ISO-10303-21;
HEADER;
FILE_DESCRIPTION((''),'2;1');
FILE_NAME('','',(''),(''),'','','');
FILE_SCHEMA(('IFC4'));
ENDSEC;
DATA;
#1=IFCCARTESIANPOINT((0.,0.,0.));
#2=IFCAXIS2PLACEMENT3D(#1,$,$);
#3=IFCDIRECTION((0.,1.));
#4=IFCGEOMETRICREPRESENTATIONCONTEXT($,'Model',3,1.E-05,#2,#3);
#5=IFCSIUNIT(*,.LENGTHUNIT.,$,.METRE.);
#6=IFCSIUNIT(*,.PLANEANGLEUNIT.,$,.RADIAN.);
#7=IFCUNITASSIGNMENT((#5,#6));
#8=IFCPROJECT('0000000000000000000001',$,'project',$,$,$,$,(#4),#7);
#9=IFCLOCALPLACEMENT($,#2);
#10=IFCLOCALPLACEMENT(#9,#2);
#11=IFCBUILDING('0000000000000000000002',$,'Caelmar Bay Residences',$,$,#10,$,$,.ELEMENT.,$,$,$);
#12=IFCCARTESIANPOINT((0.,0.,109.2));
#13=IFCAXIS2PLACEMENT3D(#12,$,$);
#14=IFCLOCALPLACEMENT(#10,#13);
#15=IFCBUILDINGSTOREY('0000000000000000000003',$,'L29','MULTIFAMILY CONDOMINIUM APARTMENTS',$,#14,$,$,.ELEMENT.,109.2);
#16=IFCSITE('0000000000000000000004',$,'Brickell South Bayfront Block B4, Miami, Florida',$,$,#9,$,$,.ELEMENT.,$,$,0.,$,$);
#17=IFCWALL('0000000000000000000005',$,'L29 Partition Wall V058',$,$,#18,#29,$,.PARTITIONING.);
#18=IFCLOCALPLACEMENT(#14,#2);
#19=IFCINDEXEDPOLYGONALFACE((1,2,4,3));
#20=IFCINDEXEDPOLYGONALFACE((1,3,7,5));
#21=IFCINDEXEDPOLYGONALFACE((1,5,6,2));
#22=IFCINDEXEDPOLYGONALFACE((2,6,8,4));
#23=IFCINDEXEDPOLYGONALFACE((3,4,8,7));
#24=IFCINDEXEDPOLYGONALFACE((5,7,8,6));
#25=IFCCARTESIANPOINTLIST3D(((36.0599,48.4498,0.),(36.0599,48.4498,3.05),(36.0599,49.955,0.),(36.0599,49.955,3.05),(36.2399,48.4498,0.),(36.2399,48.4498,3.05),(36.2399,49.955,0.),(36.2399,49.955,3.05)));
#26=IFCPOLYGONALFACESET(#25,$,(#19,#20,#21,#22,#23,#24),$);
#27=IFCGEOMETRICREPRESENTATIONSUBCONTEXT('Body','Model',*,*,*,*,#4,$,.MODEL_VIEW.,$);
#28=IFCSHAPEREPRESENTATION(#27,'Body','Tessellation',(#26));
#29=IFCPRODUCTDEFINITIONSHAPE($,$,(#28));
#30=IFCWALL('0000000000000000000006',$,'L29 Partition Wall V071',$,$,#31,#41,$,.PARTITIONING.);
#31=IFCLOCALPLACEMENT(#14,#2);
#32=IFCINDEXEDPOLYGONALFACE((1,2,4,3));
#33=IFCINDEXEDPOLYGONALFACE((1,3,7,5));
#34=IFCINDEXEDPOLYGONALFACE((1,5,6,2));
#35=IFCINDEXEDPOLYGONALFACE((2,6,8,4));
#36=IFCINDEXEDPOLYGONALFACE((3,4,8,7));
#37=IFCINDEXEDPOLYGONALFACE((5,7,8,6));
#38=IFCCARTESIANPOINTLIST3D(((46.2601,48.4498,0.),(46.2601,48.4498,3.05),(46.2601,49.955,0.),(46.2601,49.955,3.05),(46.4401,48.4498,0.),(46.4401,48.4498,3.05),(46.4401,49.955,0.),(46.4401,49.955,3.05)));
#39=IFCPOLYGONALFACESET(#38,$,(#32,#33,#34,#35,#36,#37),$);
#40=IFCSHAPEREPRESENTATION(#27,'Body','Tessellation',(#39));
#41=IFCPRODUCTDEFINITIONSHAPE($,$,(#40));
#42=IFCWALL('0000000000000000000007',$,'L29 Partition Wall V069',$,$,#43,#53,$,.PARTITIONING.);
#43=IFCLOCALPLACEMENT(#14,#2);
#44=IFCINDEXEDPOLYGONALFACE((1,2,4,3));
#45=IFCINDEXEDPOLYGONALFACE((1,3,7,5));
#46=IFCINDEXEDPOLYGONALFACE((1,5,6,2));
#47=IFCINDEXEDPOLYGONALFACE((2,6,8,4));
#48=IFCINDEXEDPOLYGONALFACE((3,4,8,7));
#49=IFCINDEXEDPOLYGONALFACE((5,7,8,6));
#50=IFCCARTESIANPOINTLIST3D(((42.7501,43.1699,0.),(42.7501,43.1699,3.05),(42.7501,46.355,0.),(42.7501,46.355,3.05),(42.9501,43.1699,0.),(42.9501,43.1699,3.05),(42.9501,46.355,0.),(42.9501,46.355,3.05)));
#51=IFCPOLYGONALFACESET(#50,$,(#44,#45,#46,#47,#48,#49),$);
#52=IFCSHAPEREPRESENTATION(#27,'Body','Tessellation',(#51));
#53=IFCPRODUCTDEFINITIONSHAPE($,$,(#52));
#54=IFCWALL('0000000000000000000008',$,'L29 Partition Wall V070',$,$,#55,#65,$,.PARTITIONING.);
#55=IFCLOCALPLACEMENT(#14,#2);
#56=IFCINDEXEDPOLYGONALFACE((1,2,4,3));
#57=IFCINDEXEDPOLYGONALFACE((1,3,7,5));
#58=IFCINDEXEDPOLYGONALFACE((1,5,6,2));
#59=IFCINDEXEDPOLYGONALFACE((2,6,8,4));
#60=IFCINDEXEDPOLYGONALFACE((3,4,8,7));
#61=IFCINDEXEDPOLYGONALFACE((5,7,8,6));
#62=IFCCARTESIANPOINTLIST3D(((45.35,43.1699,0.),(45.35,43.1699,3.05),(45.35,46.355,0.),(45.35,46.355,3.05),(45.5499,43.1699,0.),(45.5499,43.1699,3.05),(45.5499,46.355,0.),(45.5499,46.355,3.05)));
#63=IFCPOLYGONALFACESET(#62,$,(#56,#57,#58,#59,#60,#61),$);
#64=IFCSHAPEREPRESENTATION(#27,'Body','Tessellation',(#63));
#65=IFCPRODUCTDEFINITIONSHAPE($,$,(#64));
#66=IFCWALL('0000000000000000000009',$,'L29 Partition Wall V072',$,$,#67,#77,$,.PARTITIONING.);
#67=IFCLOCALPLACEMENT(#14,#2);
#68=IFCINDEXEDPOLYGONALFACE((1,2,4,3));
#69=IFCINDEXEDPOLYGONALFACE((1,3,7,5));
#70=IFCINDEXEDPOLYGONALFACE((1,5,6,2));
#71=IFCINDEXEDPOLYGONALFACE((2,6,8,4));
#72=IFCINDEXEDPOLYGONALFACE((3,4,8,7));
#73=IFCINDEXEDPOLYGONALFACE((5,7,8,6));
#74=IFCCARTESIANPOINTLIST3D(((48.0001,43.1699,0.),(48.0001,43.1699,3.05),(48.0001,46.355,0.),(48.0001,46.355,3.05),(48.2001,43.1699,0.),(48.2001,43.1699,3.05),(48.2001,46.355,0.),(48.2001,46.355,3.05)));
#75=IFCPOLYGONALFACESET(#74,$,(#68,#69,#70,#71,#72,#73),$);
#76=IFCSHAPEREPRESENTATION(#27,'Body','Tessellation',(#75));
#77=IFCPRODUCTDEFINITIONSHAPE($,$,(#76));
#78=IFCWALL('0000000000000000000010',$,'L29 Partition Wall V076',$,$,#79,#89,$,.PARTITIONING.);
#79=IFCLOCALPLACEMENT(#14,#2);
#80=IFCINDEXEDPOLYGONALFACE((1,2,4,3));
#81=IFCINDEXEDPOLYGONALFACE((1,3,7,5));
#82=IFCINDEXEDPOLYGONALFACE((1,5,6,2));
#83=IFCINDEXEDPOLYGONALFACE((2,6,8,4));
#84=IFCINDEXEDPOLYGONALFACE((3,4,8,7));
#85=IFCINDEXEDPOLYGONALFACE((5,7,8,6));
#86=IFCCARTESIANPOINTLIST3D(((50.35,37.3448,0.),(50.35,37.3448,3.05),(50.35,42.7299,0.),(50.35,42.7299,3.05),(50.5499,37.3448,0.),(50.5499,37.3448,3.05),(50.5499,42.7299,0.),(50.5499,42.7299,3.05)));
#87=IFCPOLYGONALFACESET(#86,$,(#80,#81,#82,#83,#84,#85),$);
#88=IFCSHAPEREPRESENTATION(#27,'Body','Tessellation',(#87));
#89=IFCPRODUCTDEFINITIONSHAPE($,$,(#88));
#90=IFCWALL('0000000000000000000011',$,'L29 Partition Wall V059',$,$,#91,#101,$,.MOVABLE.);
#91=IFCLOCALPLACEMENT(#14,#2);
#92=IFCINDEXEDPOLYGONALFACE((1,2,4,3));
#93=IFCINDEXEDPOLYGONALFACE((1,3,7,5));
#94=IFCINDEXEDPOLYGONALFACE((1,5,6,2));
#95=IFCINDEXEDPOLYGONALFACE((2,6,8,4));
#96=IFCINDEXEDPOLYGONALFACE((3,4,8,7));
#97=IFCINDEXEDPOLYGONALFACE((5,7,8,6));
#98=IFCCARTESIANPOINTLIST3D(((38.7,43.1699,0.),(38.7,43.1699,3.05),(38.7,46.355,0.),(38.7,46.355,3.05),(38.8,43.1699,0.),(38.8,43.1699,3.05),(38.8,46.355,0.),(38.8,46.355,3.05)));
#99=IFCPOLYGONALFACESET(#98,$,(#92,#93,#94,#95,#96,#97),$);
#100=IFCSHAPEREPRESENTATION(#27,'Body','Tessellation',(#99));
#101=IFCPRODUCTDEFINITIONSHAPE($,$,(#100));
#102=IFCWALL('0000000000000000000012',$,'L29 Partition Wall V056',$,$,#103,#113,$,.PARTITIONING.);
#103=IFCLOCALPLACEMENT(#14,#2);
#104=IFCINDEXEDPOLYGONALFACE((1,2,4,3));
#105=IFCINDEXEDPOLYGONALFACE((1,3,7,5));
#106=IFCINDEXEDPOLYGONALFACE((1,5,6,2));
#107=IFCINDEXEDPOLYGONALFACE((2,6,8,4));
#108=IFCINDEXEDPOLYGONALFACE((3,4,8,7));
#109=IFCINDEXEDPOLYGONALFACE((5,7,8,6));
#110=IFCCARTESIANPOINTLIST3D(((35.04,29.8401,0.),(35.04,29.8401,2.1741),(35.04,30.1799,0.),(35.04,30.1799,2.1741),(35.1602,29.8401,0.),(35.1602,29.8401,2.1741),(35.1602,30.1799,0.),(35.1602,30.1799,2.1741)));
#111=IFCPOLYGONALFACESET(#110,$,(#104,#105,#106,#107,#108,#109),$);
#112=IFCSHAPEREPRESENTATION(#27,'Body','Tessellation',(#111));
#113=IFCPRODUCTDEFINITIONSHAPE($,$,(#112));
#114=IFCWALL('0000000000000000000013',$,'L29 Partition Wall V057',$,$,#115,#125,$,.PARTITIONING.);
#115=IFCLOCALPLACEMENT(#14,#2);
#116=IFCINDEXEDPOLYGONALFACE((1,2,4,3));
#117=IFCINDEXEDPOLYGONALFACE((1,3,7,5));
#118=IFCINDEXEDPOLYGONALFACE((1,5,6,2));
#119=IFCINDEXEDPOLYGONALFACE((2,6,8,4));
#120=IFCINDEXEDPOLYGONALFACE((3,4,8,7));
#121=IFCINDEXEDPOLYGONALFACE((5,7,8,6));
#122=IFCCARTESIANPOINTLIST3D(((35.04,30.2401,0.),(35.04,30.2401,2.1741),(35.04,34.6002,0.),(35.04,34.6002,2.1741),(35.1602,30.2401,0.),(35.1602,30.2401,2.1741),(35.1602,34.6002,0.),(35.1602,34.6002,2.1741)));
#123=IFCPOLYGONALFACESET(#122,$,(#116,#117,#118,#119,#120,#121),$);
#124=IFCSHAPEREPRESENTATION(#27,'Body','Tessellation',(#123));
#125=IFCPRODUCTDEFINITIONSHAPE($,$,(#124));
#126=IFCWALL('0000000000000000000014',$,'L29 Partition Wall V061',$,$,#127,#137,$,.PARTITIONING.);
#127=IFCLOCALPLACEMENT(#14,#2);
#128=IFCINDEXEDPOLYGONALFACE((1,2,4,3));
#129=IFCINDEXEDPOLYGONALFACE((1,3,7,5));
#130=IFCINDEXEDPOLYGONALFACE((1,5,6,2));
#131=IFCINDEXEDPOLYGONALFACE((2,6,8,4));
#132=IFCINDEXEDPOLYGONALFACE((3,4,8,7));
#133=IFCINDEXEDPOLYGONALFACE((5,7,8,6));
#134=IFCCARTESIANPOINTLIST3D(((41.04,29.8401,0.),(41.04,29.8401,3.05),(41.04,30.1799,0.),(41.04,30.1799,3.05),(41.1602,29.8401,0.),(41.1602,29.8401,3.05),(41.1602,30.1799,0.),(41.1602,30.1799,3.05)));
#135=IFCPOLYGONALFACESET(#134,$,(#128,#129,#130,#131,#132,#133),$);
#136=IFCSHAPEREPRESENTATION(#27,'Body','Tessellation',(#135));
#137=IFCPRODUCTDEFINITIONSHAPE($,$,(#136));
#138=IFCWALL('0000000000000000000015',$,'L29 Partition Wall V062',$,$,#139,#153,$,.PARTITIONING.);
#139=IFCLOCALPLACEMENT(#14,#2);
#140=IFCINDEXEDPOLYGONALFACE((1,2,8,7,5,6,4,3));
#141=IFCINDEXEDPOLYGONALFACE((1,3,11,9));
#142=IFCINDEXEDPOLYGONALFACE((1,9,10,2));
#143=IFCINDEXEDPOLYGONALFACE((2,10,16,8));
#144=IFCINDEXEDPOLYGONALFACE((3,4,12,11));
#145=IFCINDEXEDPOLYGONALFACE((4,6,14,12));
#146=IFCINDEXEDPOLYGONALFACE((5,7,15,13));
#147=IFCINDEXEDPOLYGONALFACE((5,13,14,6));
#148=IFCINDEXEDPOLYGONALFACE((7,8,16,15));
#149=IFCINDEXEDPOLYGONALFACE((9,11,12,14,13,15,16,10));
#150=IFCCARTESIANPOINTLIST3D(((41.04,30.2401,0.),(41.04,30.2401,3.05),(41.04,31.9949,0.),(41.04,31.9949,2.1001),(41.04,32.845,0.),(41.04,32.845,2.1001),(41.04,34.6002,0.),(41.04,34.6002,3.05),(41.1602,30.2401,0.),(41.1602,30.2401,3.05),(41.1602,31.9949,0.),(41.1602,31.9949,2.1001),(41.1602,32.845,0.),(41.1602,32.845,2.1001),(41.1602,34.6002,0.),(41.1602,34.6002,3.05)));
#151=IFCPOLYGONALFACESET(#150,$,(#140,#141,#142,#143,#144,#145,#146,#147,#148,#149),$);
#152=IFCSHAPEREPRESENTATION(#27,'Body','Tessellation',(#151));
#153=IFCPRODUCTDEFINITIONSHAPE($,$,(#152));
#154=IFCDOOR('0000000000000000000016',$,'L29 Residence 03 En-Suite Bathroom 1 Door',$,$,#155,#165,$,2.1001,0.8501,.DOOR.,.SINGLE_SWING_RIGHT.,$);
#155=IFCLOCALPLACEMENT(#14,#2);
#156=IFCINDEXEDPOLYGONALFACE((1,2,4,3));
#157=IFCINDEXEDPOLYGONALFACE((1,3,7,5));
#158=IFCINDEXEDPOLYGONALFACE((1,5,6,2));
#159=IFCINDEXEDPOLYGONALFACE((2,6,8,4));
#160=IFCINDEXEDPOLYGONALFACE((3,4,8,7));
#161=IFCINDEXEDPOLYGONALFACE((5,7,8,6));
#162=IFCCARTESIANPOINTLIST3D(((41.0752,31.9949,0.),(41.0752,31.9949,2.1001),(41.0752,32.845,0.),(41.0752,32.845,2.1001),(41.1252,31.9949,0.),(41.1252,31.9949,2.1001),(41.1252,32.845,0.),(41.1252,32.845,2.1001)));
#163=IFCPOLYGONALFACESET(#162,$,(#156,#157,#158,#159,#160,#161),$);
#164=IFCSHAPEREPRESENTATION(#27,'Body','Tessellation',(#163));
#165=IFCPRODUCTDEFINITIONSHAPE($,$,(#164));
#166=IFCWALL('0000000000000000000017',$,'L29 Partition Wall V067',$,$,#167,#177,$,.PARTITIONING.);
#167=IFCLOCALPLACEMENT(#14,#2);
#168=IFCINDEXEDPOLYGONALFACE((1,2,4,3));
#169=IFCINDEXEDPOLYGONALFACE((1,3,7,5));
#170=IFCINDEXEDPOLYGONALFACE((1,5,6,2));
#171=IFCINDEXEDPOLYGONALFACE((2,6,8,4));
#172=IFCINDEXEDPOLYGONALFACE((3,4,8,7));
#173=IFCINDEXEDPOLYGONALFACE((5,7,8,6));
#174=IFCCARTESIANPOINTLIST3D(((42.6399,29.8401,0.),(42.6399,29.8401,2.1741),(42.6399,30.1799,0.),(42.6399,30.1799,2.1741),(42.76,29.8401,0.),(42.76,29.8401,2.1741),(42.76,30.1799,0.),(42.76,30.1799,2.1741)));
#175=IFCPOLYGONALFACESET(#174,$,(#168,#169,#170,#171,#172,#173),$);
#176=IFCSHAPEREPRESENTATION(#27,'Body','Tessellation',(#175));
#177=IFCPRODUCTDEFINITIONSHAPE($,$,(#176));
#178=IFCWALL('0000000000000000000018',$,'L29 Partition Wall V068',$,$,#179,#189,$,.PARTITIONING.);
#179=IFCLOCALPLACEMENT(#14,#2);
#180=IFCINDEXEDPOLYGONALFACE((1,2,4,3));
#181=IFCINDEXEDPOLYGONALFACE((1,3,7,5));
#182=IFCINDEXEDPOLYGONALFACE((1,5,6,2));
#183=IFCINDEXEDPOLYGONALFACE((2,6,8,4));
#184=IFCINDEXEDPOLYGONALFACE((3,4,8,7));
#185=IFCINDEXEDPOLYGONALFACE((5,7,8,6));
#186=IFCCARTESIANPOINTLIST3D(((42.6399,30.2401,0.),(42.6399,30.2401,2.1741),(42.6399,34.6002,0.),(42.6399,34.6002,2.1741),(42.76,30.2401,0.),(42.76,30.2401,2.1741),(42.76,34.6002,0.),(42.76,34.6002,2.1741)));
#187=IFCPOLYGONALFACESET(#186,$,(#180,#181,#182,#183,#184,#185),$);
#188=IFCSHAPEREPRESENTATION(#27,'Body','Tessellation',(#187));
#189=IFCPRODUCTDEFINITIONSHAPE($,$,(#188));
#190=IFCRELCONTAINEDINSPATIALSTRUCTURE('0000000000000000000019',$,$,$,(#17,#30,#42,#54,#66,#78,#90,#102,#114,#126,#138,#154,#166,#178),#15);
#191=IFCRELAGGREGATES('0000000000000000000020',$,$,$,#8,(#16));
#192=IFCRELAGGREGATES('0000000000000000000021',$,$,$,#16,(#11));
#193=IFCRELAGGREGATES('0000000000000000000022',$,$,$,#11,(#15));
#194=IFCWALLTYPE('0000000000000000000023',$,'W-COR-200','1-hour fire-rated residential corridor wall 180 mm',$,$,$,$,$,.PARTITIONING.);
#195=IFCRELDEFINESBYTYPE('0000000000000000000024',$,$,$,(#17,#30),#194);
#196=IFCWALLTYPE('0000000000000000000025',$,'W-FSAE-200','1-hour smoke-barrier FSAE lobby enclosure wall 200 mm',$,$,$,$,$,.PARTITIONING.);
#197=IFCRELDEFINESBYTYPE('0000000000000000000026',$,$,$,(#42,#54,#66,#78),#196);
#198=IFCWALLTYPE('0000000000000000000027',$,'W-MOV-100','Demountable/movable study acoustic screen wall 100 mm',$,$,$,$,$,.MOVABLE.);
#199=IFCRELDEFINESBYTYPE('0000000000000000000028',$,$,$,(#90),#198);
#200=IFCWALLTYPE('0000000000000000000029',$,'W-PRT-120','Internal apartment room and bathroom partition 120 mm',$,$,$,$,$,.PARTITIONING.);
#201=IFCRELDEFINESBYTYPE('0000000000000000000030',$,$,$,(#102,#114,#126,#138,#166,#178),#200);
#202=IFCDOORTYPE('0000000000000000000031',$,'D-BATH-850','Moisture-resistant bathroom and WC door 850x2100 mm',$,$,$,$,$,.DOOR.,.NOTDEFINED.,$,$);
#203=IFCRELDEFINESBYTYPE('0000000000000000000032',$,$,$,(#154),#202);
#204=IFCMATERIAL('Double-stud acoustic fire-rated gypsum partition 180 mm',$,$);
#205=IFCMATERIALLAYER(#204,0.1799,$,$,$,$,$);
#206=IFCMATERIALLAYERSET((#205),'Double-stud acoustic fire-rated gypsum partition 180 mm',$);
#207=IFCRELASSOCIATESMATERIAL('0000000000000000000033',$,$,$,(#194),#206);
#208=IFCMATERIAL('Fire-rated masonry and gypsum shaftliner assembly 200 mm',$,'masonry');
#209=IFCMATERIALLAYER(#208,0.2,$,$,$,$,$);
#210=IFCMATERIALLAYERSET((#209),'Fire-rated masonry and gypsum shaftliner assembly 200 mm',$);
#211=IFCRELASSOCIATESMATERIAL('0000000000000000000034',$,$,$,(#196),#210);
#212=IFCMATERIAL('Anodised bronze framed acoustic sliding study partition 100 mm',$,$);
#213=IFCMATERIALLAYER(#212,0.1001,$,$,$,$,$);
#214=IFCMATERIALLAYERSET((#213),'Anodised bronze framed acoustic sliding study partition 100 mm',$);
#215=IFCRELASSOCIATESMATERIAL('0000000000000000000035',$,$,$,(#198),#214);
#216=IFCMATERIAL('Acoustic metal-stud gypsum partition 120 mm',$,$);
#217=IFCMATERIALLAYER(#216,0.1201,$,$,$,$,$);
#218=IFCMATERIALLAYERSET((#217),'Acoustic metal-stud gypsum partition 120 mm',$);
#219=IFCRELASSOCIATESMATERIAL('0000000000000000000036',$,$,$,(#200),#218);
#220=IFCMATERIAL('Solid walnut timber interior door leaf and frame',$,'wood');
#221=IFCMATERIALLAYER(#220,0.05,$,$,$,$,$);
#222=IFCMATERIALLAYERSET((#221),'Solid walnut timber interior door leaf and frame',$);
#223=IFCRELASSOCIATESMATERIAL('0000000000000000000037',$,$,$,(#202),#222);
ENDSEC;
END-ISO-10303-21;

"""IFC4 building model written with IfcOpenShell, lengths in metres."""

from ifc_helpers import new_model, si_unit, direction, frame, frame_2d, origin, place, context, subcontext, project, spatial, rectangle, extrude, material, layer, layer_set, type_object, element, fill, save


model = new_model("IFC4")

# Units and contexts
model_context = context("Model", 3, precision=1e-05, world=origin(), true_north=direction((0.0, 1.0)))
body_context = subcontext(model_context, "Body", "Model", "MODEL_VIEW")
ifc_project = project(units=[si_unit("LENGTHUNIT", "METRE"), si_unit("PLANEANGLEUNIT", "RADIAN")], contexts=[model_context])

# Site, building, storey
site_placement = place(None, origin())
site = spatial("IfcSite", under=ifc_project, at=site_placement, Name="Brickell South Bayfront Block B4, Miami, Florida", CompositionType="ELEMENT", RefElevation=0.0)
building_placement = place(site_placement, origin())
building = spatial("IfcBuilding", under=site, at=building_placement, Name="Caelmar Bay Residences", CompositionType="ELEMENT")
storey_placement = place(building_placement, frame((0.0, 0.0, 109.2)))
storey = spatial("IfcBuildingStorey", under=building, at=storey_placement, Name="L29", Description="MULTIFAMILY CONDOMINIUM APARTMENTS", CompositionType="ELEMENT", Elevation=109.2)

# Walls
ifc_material_1 = material(Name="Double-stud acoustic fire-rated gypsum partition 180 mm")
ifc_layer_1 = layer(ifc_material_1, 0.1799)
ifc_layer_set_1 = layer_set([ifc_layer_1], Name="Double-stud acoustic fire-rated gypsum partition 180 mm")
wall_type_1 = type_object("IfcWallType", Name="W-COR-200", Description="1-hour fire-rated residential corridor wall 180 mm", PredefinedType="PARTITIONING", material=ifc_layer_set_1)
for number, where, z_axis, x_axis, name in (
    (1, (36.1499, 48.45, 0.0), (0.0, 0.0, 1.0), (0.0, 1.0, 0.0), "L29 Partition Wall V058"),
    (2, (46.3501, 48.45, 0.0), (0.0, 0.0, 1.0), (0.0, 1.0, 0.0), "L29 Partition Wall V071"),
):
    element("IfcWall", number, at=place(storey_placement, frame(where, z_axis=z_axis, x_axis=x_axis)), inside=storey, type_object=wall_type_1, Name=name, PredefinedType="PARTITIONING", context=body_context, shape_type="SweptSolid", body=[
        extrude(rectangle(XDim=1.5051, YDim=0.1799, at=frame_2d((0.7524, 0.0))), origin(), (0.0, 0.0, 1.0), 3.05),
    ])
ifc_material_2 = material(Name="Fire-rated masonry and gypsum shaftliner assembly 200 mm", Category="masonry")
ifc_layer_2 = layer(ifc_material_2, 0.2)
ifc_layer_set_2 = layer_set([ifc_layer_2], Name="Fire-rated masonry and gypsum shaftliner assembly 200 mm")
wall_type_2 = type_object("IfcWallType", Name="W-FSAE-200", Description="1-hour smoke-barrier FSAE lobby enclosure wall 200 mm", PredefinedType="PARTITIONING", material=ifc_layer_set_2)
for number, where, z_axis, x_axis, name in (
    (3, (42.8501, 43.1699, 0.0), (0.0, 0.0, 1.0), (0.0, 1.0, 0.0), "L29 Partition Wall V069"),
    (4, (45.45, 43.1699, 0.0), (0.0, 0.0, 1.0), (0.0, 1.0, 0.0), "L29 Partition Wall V070"),
    (5, (48.1001, 43.1699, 0.0), (0.0, 0.0, 1.0), (0.0, 1.0, 0.0), "L29 Partition Wall V072"),
):
    element("IfcWall", number, at=place(storey_placement, frame(where, z_axis=z_axis, x_axis=x_axis)), inside=storey, type_object=wall_type_2, Name=name, PredefinedType="PARTITIONING", context=body_context, shape_type="SweptSolid", body=[
        extrude(rectangle(XDim=3.1851, YDim=0.2, at=frame_2d((1.5925, 0.0))), origin(), (0.0, 0.0, 1.0), 3.05),
    ])
wall_1_placement = place(storey_placement, frame((50.45, 37.345, 0.0), z_axis=(0.0, 0.0, 1.0), x_axis=(0.0, 1.0, 0.0)))
element("IfcWall", 6, at=wall_1_placement, inside=storey, type_object=wall_type_2, Name="L29 Partition Wall V076", PredefinedType="PARTITIONING", context=body_context, shape_type="SweptSolid", body=[
    extrude(rectangle(XDim=5.385, YDim=0.2, at=frame_2d((2.6924, 0.0))), origin(), (0.0, 0.0, 1.0), 3.05),
])
ifc_material_3 = material(Name="Anodised bronze framed acoustic sliding study partition 100 mm")
ifc_layer_3 = layer(ifc_material_3, 0.1001)
ifc_layer_set_3 = layer_set([ifc_layer_3], Name="Anodised bronze framed acoustic sliding study partition 100 mm")
wall_type_3 = type_object("IfcWallType", Name="W-MOV-100", Description="Demountable/movable study acoustic screen wall 100 mm", PredefinedType="MOVABLE", material=ifc_layer_set_3)
wall_2_placement = place(storey_placement, frame((38.75, 43.1699, 0.0), z_axis=(0.0, 0.0, 1.0), x_axis=(0.0, 1.0, 0.0)))
element("IfcWall", 7, at=wall_2_placement, inside=storey, type_object=wall_type_3, Name="L29 Partition Wall V059", PredefinedType="MOVABLE", context=body_context, shape_type="SweptSolid", body=[
    extrude(rectangle(XDim=3.1851, YDim=0.1001, at=frame_2d((1.5925, 0.0))), origin(), (0.0, 0.0, 1.0), 3.05),
])
ifc_material_4 = material(Name="Acoustic metal-stud gypsum partition 120 mm")
ifc_layer_4 = layer(ifc_material_4, 0.1201)
ifc_layer_set_4 = layer_set([ifc_layer_4], Name="Acoustic metal-stud gypsum partition 120 mm")
wall_type_4 = type_object("IfcWallType", Name="W-PRT-120", Description="Internal apartment room and bathroom partition 120 mm", PredefinedType="PARTITIONING", material=ifc_layer_set_4)
wall_3_placement = place(storey_placement, frame((35.1001, 29.8401, 0.0), z_axis=(0.0, 0.0, 1.0), x_axis=(0.0, 1.0, 0.0)))
element("IfcWall", 8, at=wall_3_placement, inside=storey, type_object=wall_type_4, Name="L29 Partition Wall V056", PredefinedType="PARTITIONING", context=body_context, shape_type="SweptSolid", body=[
    extrude(rectangle(XDim=0.3398, YDim=0.1201, at=frame_2d((0.1699, 0.0))), origin(), (0.0, 0.0, 1.0), 2.1741),
])
wall_4_placement = place(storey_placement, frame((35.1001, 30.24, 0.0), z_axis=(0.0, 0.0, 1.0), x_axis=(0.0, 1.0, 0.0)))
element("IfcWall", 9, at=wall_4_placement, inside=storey, type_object=wall_type_4, Name="L29 Partition Wall V057", PredefinedType="PARTITIONING", context=body_context, shape_type="SweptSolid", body=[
    extrude(rectangle(XDim=4.3601, YDim=0.1201, at=frame_2d((2.1802, 0.0))), origin(), (0.0, 0.0, 1.0), 2.1741),
])
wall_5_placement = place(storey_placement, frame((41.1001, 29.8401, 0.0), z_axis=(0.0, 0.0, 1.0), x_axis=(0.0, 1.0, 0.0)))
element("IfcWall", 10, at=wall_5_placement, inside=storey, type_object=wall_type_4, Name="L29 Partition Wall V061", PredefinedType="PARTITIONING", context=body_context, shape_type="SweptSolid", body=[
    extrude(rectangle(XDim=0.3398, YDim=0.1201, at=frame_2d((0.1699, 0.0))), origin(), (0.0, 0.0, 1.0), 3.05),
])

# Wall, opening, door
wall_6_placement = place(storey_placement, frame((41.1001, 30.24, 0.0), z_axis=(0.0, 0.0, 1.0), x_axis=(0.0, 1.0, 0.0)))
wall_6 = element("IfcWall", 11, at=wall_6_placement, inside=storey, type_object=wall_type_4, Name="L29 Partition Wall V062", PredefinedType="PARTITIONING", context=body_context, shape_type="SweptSolid", body=[
    extrude(rectangle(XDim=4.3601, YDim=0.1201, at=frame_2d((2.1802, 0.0))), origin(), (0.0, 0.0, 1.0), 3.05),
])
opening_1_placement = place(wall_6_placement, frame((1.7549, 0.0, 0.0)))
opening_1 = element("IfcOpeningElement", 12, at=opening_1_placement, cuts=wall_6, PredefinedType="OPENING", context=body_context, shape_type="SweptSolid", body=[
    extrude(rectangle(XDim=0.8501, YDim=2.1001, at=frame_2d((0.425, 1.05))), frame((0.0, 0.0701, 0.0), z_axis=(0.0, -1.0, 0.0), x_axis=(1.0, 0.0, 0.0)), (0.0, 0.0, 1.0), 0.1401),
])
ifc_material_5 = material(Name="Solid walnut timber interior door leaf and frame", Category="wood")
ifc_layer_5 = layer(ifc_material_5, 0.05)
ifc_layer_set_5 = layer_set([ifc_layer_5], Name="Solid walnut timber interior door leaf and frame")
door_type = type_object("IfcDoorType", Name="D-BATH-850", Description="Moisture-resistant bathroom and WC door 850x2100 mm", OperationType="NOTDEFINED", PredefinedType="DOOR", material=ifc_layer_set_5)
door_1_placement = place(opening_1_placement, origin())
door_1 = element("IfcDoor", 13, at=door_1_placement, inside=storey, type_object=door_type, Name="L29 Residence 03 En-Suite Bathroom 1 Door", OperationType="SINGLE_SWING_RIGHT", OverallHeight=2.1001, OverallWidth=0.8501, PredefinedType="DOOR", context=body_context, shape_type="SweptSolid", body=[
    extrude(rectangle(XDim=0.8501, YDim=2.1001, at=frame_2d((0.425, 1.05))), frame((0.0, 0.0249, 0.0), z_axis=(0.0, -1.0, 0.0), x_axis=(1.0, 0.0, 0.0)), (0.0, 0.0, 1.0), 0.05),
])
fill(opening_1, door_1)

# Walls
wall_7_placement = place(storey_placement, frame((42.7, 29.8401, 0.0), z_axis=(0.0, 0.0, 1.0), x_axis=(0.0, 1.0, 0.0)))
element("IfcWall", 14, at=wall_7_placement, inside=storey, type_object=wall_type_4, Name="L29 Partition Wall V067", PredefinedType="PARTITIONING", context=body_context, shape_type="SweptSolid", body=[
    extrude(rectangle(XDim=0.3398, YDim=0.1201, at=frame_2d((0.1699, 0.0))), origin(), (0.0, 0.0, 1.0), 2.1741),
])
wall_8_placement = place(storey_placement, frame((42.7, 30.24, 0.0), z_axis=(0.0, 0.0, 1.0), x_axis=(0.0, 1.0, 0.0)))
element("IfcWall", 15, at=wall_8_placement, inside=storey, type_object=wall_type_4, Name="L29 Partition Wall V068", PredefinedType="PARTITIONING", context=body_context, shape_type="SweptSolid", body=[
    extrude(rectangle(XDim=4.3601, YDim=0.1201, at=frame_2d((2.1802, 0.0))), origin(), (0.0, 0.0, 1.0), 2.1741),
])

save(model, "model.ifc")
